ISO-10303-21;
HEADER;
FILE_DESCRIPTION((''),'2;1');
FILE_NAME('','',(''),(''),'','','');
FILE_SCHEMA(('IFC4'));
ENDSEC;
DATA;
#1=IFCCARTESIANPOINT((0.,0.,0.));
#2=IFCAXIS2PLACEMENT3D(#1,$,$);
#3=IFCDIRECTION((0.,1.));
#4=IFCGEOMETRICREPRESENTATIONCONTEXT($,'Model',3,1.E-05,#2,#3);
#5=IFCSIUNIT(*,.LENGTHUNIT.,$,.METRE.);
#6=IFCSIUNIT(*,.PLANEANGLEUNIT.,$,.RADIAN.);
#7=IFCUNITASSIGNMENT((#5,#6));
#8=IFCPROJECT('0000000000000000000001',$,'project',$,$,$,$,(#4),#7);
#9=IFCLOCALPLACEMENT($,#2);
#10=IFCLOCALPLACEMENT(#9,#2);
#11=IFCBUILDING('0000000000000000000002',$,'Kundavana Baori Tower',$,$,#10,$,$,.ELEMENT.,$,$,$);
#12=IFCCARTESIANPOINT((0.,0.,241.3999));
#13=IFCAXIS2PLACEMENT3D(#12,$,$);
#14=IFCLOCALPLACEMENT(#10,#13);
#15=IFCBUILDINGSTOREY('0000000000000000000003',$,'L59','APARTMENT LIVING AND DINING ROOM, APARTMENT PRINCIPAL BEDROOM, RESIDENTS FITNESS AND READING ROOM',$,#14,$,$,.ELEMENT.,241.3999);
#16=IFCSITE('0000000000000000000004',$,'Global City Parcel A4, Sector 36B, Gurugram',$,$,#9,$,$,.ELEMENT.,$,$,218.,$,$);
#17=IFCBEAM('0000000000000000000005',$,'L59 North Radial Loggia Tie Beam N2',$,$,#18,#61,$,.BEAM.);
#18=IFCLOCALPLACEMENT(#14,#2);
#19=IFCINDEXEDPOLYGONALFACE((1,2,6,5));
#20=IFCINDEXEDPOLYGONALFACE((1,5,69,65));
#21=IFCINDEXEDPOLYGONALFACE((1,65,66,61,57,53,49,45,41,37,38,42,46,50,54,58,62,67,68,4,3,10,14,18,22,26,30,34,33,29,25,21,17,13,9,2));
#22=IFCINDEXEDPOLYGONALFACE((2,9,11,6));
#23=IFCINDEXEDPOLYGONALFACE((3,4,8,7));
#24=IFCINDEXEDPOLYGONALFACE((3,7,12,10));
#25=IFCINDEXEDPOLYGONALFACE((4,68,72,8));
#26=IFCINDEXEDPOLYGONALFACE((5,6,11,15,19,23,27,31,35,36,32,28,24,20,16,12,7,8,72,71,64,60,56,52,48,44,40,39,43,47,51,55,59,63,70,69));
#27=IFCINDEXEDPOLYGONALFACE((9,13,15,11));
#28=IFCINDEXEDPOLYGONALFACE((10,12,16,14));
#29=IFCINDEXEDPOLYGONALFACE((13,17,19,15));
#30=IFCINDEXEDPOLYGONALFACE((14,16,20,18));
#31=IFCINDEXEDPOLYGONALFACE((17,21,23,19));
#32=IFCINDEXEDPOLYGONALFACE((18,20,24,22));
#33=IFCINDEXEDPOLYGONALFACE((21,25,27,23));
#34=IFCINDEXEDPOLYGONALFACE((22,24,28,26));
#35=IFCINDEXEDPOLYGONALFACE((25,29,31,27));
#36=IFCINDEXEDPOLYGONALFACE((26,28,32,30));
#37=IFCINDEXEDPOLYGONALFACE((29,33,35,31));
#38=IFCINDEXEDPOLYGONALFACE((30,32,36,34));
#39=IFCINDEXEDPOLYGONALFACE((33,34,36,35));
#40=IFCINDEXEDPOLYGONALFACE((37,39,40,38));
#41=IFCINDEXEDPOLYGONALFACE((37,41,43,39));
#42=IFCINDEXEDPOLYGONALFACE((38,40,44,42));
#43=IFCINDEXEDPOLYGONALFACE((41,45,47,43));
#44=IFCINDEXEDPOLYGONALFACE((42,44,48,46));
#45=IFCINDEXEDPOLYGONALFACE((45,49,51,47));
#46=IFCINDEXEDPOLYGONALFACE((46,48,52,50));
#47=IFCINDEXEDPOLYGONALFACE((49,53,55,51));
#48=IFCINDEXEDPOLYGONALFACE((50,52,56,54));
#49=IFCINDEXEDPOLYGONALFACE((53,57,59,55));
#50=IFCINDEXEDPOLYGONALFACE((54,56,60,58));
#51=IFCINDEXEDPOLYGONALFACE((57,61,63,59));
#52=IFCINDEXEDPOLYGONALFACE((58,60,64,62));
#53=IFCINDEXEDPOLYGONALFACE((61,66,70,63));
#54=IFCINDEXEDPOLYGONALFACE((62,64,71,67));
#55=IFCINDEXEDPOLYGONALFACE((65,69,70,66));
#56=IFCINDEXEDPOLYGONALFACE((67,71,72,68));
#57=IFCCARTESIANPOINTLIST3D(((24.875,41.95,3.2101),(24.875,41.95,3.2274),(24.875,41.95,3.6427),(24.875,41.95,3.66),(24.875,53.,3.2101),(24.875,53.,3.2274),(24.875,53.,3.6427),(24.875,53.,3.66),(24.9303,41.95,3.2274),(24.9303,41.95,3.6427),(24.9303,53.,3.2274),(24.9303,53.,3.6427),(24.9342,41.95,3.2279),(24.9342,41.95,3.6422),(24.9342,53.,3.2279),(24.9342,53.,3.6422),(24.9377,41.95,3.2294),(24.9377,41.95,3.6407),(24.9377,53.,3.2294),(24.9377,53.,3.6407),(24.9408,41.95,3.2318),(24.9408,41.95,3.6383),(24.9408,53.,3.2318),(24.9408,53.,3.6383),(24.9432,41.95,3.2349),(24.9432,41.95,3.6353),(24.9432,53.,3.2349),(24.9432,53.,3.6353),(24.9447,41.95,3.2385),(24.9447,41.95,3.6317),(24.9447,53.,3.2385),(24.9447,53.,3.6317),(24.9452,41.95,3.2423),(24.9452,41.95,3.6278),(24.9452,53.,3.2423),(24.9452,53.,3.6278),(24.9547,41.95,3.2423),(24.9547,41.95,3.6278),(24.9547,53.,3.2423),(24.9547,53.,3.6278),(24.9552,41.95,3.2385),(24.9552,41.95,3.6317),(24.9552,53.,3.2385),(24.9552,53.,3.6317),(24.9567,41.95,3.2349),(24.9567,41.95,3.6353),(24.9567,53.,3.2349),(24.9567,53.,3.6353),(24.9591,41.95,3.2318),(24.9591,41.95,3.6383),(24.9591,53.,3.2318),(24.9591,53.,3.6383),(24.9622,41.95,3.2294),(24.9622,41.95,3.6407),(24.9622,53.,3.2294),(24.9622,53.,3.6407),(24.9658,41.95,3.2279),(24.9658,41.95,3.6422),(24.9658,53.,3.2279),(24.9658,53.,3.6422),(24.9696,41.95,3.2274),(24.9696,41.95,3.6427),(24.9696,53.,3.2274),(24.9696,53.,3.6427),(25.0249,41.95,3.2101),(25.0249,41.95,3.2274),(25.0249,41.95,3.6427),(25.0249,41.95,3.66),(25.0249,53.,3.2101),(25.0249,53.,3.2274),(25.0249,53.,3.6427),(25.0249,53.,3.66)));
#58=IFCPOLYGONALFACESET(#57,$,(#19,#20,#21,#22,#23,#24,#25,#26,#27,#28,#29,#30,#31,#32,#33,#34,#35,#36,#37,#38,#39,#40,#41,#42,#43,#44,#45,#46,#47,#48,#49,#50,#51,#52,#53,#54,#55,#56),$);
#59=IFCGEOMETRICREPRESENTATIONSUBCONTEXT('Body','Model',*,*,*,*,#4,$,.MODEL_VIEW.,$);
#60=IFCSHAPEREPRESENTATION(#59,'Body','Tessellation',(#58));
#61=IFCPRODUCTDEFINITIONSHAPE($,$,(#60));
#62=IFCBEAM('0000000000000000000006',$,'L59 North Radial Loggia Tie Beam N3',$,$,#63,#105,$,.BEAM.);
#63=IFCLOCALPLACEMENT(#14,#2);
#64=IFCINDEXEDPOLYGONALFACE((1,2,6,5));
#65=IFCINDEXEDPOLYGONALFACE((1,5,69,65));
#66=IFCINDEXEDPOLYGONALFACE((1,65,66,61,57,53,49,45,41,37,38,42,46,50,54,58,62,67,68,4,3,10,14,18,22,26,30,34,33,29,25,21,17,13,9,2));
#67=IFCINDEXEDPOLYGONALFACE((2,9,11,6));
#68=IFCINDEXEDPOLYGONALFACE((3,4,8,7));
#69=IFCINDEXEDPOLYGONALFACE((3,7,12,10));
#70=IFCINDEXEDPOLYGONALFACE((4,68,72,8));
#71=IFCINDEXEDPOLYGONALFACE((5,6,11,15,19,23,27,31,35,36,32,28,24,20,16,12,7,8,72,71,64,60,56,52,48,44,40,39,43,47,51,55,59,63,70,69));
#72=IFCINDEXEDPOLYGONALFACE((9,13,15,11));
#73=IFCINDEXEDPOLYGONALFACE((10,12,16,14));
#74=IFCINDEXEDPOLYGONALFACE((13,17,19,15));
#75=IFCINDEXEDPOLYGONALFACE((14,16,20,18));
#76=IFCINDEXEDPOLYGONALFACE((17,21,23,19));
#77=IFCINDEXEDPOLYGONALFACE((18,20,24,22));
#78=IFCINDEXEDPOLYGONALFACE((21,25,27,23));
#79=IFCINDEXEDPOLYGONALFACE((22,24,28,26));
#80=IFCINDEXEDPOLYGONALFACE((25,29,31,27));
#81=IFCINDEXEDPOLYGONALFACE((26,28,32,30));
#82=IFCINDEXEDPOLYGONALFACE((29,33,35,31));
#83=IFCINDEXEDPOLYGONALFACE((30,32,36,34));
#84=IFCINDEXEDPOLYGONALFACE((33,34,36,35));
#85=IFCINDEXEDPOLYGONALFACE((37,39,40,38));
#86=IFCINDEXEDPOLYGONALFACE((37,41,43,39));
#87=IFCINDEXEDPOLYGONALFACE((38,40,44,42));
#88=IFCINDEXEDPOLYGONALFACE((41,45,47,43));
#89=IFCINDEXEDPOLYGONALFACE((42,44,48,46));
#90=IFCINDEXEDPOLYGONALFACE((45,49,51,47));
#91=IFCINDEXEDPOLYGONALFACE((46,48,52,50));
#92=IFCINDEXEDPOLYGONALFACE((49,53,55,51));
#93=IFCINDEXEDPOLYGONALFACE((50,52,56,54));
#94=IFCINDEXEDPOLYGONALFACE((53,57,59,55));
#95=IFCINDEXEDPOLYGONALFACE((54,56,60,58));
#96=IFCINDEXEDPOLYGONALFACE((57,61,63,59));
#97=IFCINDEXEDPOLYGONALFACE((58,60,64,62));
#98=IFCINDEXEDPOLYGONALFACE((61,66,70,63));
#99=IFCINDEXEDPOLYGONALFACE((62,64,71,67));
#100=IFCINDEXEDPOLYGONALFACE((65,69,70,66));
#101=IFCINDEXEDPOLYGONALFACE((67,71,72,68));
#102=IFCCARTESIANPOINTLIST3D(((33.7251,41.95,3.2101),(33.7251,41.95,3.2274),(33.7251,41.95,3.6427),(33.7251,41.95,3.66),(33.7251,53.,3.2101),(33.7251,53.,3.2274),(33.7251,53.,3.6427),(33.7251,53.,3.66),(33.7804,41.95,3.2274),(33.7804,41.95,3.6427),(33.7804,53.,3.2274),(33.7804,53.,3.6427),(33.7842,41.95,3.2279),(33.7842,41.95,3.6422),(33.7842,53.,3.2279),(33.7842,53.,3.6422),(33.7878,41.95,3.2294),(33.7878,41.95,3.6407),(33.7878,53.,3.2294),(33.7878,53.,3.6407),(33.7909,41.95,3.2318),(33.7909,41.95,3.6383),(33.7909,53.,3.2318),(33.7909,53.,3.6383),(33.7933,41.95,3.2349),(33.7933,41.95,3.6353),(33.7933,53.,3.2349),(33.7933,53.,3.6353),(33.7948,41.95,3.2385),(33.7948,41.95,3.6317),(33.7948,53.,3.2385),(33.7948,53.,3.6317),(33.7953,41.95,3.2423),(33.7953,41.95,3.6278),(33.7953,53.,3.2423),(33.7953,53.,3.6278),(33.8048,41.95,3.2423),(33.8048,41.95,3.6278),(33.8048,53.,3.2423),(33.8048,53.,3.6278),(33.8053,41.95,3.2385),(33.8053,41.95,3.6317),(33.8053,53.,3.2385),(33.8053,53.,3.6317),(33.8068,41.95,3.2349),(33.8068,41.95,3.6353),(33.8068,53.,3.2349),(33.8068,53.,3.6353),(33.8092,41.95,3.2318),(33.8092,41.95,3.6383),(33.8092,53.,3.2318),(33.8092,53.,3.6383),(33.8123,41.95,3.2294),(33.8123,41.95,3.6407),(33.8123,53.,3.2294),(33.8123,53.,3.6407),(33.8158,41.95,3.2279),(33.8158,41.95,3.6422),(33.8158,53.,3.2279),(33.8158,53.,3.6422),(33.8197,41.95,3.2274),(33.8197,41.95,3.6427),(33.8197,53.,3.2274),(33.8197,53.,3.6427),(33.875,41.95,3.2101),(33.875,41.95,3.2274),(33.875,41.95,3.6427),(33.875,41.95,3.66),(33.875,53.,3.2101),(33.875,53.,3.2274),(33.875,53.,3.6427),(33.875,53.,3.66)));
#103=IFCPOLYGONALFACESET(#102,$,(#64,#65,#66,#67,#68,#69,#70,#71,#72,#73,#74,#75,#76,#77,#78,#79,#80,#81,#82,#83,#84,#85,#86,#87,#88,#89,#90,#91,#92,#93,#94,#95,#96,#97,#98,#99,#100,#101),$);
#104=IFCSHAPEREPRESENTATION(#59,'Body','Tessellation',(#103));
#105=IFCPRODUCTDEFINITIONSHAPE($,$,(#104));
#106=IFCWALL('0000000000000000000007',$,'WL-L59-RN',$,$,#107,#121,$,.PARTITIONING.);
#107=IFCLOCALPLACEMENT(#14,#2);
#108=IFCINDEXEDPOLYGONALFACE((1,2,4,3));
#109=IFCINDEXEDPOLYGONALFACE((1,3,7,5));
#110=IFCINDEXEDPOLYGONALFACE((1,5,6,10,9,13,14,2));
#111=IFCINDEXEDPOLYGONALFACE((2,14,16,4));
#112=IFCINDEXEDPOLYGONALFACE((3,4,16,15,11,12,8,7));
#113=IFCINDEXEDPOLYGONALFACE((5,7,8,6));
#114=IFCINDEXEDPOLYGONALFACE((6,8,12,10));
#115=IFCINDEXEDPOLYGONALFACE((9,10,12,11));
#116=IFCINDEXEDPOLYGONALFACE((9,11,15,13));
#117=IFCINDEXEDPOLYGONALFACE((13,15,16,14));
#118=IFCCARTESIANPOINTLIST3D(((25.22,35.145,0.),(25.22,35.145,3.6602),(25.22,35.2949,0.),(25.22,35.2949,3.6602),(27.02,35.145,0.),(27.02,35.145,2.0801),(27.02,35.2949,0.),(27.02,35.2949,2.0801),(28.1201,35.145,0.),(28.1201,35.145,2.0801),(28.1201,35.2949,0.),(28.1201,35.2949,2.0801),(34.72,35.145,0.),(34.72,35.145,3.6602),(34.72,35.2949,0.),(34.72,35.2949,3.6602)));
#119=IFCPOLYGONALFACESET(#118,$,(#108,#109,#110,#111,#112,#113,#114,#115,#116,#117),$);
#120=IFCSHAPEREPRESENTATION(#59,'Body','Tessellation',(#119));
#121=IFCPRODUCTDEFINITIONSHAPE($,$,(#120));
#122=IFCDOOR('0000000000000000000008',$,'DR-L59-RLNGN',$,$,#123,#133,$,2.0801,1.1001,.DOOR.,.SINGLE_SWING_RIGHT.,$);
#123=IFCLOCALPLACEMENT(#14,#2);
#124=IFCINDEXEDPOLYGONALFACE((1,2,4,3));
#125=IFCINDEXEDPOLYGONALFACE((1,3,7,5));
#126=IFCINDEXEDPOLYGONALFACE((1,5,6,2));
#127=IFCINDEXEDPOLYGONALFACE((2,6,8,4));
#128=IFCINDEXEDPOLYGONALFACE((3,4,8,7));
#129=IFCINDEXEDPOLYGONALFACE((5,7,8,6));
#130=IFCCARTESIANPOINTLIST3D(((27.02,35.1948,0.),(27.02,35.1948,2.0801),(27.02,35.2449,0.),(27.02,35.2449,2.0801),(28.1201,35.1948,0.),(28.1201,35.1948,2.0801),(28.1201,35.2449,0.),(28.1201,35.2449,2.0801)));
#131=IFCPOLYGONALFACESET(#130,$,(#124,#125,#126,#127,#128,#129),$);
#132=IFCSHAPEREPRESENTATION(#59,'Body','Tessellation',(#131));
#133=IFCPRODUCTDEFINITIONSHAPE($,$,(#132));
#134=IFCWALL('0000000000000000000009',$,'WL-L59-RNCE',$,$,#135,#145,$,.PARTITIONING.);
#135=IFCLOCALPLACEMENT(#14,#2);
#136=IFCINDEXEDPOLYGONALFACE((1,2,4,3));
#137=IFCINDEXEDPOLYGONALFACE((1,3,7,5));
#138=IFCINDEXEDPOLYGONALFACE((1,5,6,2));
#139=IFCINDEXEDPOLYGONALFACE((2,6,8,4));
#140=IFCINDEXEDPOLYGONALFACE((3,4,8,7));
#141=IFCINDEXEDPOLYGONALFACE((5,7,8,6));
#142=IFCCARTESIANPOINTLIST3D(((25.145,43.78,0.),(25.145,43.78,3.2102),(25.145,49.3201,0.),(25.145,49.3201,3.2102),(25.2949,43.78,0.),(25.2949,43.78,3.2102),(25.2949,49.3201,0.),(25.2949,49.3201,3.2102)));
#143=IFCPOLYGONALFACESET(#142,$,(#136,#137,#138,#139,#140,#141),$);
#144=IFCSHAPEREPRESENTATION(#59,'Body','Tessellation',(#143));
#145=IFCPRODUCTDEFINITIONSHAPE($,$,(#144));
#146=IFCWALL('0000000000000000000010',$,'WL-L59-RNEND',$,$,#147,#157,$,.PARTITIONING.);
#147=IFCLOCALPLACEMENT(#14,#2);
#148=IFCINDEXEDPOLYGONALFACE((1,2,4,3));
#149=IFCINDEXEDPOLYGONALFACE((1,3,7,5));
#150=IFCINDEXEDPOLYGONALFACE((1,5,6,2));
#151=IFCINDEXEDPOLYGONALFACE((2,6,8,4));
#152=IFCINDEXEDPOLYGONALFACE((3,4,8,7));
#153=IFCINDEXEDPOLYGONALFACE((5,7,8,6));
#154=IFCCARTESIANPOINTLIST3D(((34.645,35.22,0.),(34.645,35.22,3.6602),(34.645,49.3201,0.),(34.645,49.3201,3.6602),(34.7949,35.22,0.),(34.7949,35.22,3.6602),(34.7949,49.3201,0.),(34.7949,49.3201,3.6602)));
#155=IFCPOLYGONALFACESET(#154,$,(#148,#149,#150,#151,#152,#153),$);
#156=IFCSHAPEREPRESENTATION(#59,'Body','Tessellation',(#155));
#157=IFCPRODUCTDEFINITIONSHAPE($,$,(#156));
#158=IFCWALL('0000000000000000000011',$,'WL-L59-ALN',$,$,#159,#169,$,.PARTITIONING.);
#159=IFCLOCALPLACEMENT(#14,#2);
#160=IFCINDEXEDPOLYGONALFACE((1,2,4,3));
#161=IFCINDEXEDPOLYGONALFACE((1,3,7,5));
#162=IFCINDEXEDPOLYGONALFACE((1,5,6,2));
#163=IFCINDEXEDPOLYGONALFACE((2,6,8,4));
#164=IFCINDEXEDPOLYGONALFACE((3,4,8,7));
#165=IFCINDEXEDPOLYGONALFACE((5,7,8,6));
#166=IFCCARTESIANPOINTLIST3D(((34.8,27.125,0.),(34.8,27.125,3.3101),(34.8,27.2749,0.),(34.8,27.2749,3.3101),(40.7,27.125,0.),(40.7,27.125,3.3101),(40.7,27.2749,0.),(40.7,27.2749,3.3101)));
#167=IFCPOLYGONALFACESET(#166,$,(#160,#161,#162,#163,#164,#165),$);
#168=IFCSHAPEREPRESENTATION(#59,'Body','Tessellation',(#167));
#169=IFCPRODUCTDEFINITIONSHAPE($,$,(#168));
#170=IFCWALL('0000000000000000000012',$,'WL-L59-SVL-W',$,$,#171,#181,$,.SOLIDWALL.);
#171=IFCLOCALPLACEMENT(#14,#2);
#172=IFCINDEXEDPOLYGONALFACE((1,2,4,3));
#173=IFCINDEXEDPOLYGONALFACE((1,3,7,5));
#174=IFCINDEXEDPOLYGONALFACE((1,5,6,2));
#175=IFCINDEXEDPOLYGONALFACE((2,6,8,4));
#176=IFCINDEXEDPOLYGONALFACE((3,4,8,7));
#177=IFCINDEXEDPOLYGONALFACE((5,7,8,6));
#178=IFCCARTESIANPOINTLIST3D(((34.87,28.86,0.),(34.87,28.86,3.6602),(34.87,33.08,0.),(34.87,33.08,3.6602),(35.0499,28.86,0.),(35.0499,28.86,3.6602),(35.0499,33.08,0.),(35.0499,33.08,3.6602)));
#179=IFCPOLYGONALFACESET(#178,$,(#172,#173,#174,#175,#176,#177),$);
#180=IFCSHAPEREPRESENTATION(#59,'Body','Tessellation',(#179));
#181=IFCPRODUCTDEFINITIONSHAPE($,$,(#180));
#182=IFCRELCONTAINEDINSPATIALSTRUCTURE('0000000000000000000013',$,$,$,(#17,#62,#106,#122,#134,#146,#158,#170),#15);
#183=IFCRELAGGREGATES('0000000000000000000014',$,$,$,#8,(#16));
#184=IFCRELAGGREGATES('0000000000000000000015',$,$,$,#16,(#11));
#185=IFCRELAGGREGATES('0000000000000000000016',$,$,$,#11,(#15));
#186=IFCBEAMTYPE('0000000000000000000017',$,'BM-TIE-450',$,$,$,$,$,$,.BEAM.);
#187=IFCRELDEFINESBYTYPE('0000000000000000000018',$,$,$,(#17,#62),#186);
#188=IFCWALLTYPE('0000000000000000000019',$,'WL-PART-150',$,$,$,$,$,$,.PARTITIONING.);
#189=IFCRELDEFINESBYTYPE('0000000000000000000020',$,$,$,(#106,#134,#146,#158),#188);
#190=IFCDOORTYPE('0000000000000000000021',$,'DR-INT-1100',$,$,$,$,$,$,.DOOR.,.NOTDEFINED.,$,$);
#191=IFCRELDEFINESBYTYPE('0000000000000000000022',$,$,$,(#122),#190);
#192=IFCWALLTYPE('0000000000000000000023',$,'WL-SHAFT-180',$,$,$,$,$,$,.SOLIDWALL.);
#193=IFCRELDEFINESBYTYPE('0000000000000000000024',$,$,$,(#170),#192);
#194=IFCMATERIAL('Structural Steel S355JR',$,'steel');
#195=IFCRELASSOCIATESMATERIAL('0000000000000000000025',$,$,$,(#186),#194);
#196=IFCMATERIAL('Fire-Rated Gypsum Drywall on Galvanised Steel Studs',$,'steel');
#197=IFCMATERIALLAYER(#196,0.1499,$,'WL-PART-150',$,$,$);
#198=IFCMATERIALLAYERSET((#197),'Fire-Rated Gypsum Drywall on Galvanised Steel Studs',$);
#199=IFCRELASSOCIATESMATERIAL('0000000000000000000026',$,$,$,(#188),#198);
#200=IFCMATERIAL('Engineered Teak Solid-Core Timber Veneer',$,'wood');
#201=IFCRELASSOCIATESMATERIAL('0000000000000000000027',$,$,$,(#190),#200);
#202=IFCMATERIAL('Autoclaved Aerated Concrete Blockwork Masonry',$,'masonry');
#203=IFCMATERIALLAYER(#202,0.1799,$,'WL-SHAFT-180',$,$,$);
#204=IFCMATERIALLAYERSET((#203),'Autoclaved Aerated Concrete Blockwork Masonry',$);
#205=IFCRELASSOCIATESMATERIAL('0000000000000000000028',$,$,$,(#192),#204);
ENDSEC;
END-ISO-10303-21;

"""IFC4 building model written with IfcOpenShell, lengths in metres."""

from ifc_helpers import new_model, si_unit, direction, frame, frame_2d, origin, origin_2d, place, context, subcontext, project, spatial, rectangle, i_section, extrude, material, layer, layer_set, material_profile, profile_set, type_object, element, fill, save


model = new_model("IFC4")

# Units and contexts
model_context = context("Model", 3, precision=1e-05, world=origin(), true_north=direction((0.0, 1.0)))
body_context = subcontext(model_context, "Body", "Model", "MODEL_VIEW")
ifc_project = project(units=[si_unit("LENGTHUNIT", "METRE"), si_unit("PLANEANGLEUNIT", "RADIAN")], contexts=[model_context])

# Site, building, storey
site_placement = place(None, origin())
site = spatial("IfcSite", under=ifc_project, at=site_placement, Name="Global City Parcel A4, Sector 36B, Gurugram", CompositionType="ELEMENT", RefElevation=218.0)
building_placement = place(site_placement, origin())
building = spatial("IfcBuilding", under=site, at=building_placement, Name="Kundavana Baori Tower", CompositionType="ELEMENT")
storey_placement = place(building_placement, frame((0.0, 0.0, 241.3999)))
storey = spatial("IfcBuildingStorey", under=building, at=storey_placement, Name="L59", Description="APARTMENT LIVING AND DINING ROOM, APARTMENT PRINCIPAL BEDROOM, RESIDENTS FITNESS AND READING ROOM", CompositionType="ELEMENT", Elevation=241.3999)

# Beams
ifc_material_1 = material(Name="Structural Steel S355JR", Category="steel")
ifc_material_profile_1 = material_profile(ifc_material_1, i_section(OverallWidth=0.1499, OverallDepth=0.45, WebThickness=0.0095, FlangeThickness=0.0173, FilletRadius=0.0149, at=origin_2d()), Name="ISMB 450")
ifc_profile_set_1 = profile_set([ifc_material_profile_1], Name="Structural Steel S355JR")
beam_type_1 = type_object("IfcBeamType", Name="BM-TIE-450", PredefinedType="BEAM", material=ifc_profile_set_1)
for number, where, z_axis, x_axis, name in (
    (1, (24.95, 41.95, 3.4351), (0.0, 1.0, 0.0), (-1.0, 0.0, 0.0), "L59 North Radial Loggia Tie Beam N2"),
    (2, (33.8, 41.95, 3.4351), (0.0, 1.0, 0.0), (-1.0, 0.0, 0.0), "L59 North Radial Loggia Tie Beam N3"),
):
    element("IfcBeam", number, at=place(storey_placement, frame(where, z_axis=z_axis, x_axis=x_axis)), inside=storey, type_object=beam_type_1, Name=name, PredefinedType="BEAM", context=body_context, shape_type="SweptSolid", body=[
        extrude(i_section(OverallWidth=0.1499, OverallDepth=0.45, WebThickness=0.0095, FlangeThickness=0.0173, FilletRadius=0.0149, at=origin_2d()), origin(), (0.0, 0.0, 1.0), 11.05),
    ])

# Wall, opening, door
ifc_material_2 = material(Name="Fire-Rated Gypsum Drywall on Galvanised Steel Studs", Category="steel")
ifc_layer_1 = layer(ifc_material_2, 0.1499, Name="WL-PART-150")
ifc_layer_set_1 = layer_set([ifc_layer_1], Name="Fire-Rated Gypsum Drywall on Galvanised Steel Studs")
wall_type_1 = type_object("IfcWallType", Name="WL-PART-150", PredefinedType="PARTITIONING", material=ifc_layer_set_1)
wall_1_placement = place(storey_placement, frame((25.22, 35.22, 0.0), z_axis=(0.0, 0.0, 1.0), x_axis=(1.0, 0.0, 0.0)))
wall_1 = element("IfcWall", 3, at=wall_1_placement, inside=storey, type_object=wall_type_1, Name="WL-L59-RN", PredefinedType="PARTITIONING", context=body_context, shape_type="SweptSolid", body=[
    extrude(rectangle(XDim=9.5, YDim=0.1499, at=frame_2d((4.75, 0.0))), origin(), (0.0, 0.0, 1.0), 3.6602),
])
opening_1_placement = place(wall_1_placement, frame((1.8, 0.0, 0.0)))
opening_1 = element("IfcOpeningElement", 4, at=opening_1_placement, cuts=wall_1, PredefinedType="OPENING", context=body_context, shape_type="SweptSolid", body=[
    extrude(rectangle(XDim=1.1001, YDim=2.0801, at=frame_2d((0.55, 1.04))), frame((0.0, 0.085, 0.0), z_axis=(0.0, -1.0, 0.0), x_axis=(1.0, 0.0, 0.0)), (0.0, 0.0, 1.0), 0.1699),
])
ifc_material_3 = material(Name="Engineered Teak Solid-Core Timber Veneer", Category="wood")
door_type_1 = type_object("IfcDoorType", Name="DR-INT-1100", OperationType="NOTDEFINED", PredefinedType="DOOR", material=ifc_material_3)
door_1_placement = place(opening_1_placement, origin())
door_1 = element("IfcDoor", 5, at=door_1_placement, inside=storey, type_object=door_type_1, Name="DR-L59-RLNGN", OperationType="SINGLE_SWING_RIGHT", OverallHeight=2.0801, OverallWidth=1.1001, PredefinedType="DOOR", context=body_context, shape_type="SweptSolid", body=[
    extrude(rectangle(XDim=1.1001, YDim=2.0801, at=frame_2d((0.55, 1.04))), frame((0.0, 0.0249, 0.0), z_axis=(0.0, -1.0, 0.0), x_axis=(1.0, 0.0, 0.0)), (0.0, 0.0, 1.0), 0.05),
])
fill(opening_1, door_1)

# Walls
wall_2_placement = place(storey_placement, frame((25.22, 43.78, 0.0), z_axis=(0.0, 0.0, 1.0), x_axis=(0.0, 1.0, 0.0)))
element("IfcWall", 6, at=wall_2_placement, inside=storey, type_object=wall_type_1, Name="WL-L59-RNCE", PredefinedType="PARTITIONING", context=body_context, shape_type="SweptSolid", body=[
    extrude(rectangle(XDim=5.54, YDim=0.1499, at=frame_2d((2.77, 0.0))), origin(), (0.0, 0.0, 1.0), 3.2102),
])
wall_3_placement = place(storey_placement, frame((34.72, 35.22, 0.0), z_axis=(0.0, 0.0, 1.0), x_axis=(0.0, 1.0, 0.0)))
element("IfcWall", 7, at=wall_3_placement, inside=storey, type_object=wall_type_1, Name="WL-L59-RNEND", PredefinedType="PARTITIONING", context=body_context, shape_type="SweptSolid", body=[
    extrude(rectangle(XDim=14.1001, YDim=0.1499, at=frame_2d((7.05, 0.0))), origin(), (0.0, 0.0, 1.0), 3.6602),
])
wall_4_placement = place(storey_placement, frame((34.8, 27.2, 0.0), z_axis=(0.0, 0.0, 1.0), x_axis=(1.0, 0.0, 0.0)))
element("IfcWall", 8, at=wall_4_placement, inside=storey, type_object=wall_type_1, Name="WL-L59-ALN", PredefinedType="PARTITIONING", context=body_context, shape_type="SweptSolid", body=[
    extrude(rectangle(XDim=5.8999, YDim=0.1499, at=frame_2d((2.95, 0.0))), origin(), (0.0, 0.0, 1.0), 3.3101),
])
ifc_material_4 = material(Name="Autoclaved Aerated Concrete Blockwork Masonry", Category="masonry")
ifc_layer_2 = layer(ifc_material_4, 0.1799, Name="WL-SHAFT-180")
ifc_layer_set_2 = layer_set([ifc_layer_2], Name="Autoclaved Aerated Concrete Blockwork Masonry")
wall_type_2 = type_object("IfcWallType", Name="WL-SHAFT-180", PredefinedType="SOLIDWALL", material=ifc_layer_set_2)
wall_5_placement = place(storey_placement, frame((34.96, 28.8601, 0.0), z_axis=(0.0, 0.0, 1.0), x_axis=(0.0, 1.0, 0.0)))
element("IfcWall", 9, at=wall_5_placement, inside=storey, type_object=wall_type_2, Name="WL-L59-SVL-W", PredefinedType="SOLIDWALL", context=body_context, shape_type="SweptSolid", body=[
    extrude(rectangle(XDim=4.22, YDim=0.1799, at=frame_2d((2.1099, 0.0))), origin(), (0.0, 0.0, 1.0), 3.6602),
])

save(model, "model.ifc")
